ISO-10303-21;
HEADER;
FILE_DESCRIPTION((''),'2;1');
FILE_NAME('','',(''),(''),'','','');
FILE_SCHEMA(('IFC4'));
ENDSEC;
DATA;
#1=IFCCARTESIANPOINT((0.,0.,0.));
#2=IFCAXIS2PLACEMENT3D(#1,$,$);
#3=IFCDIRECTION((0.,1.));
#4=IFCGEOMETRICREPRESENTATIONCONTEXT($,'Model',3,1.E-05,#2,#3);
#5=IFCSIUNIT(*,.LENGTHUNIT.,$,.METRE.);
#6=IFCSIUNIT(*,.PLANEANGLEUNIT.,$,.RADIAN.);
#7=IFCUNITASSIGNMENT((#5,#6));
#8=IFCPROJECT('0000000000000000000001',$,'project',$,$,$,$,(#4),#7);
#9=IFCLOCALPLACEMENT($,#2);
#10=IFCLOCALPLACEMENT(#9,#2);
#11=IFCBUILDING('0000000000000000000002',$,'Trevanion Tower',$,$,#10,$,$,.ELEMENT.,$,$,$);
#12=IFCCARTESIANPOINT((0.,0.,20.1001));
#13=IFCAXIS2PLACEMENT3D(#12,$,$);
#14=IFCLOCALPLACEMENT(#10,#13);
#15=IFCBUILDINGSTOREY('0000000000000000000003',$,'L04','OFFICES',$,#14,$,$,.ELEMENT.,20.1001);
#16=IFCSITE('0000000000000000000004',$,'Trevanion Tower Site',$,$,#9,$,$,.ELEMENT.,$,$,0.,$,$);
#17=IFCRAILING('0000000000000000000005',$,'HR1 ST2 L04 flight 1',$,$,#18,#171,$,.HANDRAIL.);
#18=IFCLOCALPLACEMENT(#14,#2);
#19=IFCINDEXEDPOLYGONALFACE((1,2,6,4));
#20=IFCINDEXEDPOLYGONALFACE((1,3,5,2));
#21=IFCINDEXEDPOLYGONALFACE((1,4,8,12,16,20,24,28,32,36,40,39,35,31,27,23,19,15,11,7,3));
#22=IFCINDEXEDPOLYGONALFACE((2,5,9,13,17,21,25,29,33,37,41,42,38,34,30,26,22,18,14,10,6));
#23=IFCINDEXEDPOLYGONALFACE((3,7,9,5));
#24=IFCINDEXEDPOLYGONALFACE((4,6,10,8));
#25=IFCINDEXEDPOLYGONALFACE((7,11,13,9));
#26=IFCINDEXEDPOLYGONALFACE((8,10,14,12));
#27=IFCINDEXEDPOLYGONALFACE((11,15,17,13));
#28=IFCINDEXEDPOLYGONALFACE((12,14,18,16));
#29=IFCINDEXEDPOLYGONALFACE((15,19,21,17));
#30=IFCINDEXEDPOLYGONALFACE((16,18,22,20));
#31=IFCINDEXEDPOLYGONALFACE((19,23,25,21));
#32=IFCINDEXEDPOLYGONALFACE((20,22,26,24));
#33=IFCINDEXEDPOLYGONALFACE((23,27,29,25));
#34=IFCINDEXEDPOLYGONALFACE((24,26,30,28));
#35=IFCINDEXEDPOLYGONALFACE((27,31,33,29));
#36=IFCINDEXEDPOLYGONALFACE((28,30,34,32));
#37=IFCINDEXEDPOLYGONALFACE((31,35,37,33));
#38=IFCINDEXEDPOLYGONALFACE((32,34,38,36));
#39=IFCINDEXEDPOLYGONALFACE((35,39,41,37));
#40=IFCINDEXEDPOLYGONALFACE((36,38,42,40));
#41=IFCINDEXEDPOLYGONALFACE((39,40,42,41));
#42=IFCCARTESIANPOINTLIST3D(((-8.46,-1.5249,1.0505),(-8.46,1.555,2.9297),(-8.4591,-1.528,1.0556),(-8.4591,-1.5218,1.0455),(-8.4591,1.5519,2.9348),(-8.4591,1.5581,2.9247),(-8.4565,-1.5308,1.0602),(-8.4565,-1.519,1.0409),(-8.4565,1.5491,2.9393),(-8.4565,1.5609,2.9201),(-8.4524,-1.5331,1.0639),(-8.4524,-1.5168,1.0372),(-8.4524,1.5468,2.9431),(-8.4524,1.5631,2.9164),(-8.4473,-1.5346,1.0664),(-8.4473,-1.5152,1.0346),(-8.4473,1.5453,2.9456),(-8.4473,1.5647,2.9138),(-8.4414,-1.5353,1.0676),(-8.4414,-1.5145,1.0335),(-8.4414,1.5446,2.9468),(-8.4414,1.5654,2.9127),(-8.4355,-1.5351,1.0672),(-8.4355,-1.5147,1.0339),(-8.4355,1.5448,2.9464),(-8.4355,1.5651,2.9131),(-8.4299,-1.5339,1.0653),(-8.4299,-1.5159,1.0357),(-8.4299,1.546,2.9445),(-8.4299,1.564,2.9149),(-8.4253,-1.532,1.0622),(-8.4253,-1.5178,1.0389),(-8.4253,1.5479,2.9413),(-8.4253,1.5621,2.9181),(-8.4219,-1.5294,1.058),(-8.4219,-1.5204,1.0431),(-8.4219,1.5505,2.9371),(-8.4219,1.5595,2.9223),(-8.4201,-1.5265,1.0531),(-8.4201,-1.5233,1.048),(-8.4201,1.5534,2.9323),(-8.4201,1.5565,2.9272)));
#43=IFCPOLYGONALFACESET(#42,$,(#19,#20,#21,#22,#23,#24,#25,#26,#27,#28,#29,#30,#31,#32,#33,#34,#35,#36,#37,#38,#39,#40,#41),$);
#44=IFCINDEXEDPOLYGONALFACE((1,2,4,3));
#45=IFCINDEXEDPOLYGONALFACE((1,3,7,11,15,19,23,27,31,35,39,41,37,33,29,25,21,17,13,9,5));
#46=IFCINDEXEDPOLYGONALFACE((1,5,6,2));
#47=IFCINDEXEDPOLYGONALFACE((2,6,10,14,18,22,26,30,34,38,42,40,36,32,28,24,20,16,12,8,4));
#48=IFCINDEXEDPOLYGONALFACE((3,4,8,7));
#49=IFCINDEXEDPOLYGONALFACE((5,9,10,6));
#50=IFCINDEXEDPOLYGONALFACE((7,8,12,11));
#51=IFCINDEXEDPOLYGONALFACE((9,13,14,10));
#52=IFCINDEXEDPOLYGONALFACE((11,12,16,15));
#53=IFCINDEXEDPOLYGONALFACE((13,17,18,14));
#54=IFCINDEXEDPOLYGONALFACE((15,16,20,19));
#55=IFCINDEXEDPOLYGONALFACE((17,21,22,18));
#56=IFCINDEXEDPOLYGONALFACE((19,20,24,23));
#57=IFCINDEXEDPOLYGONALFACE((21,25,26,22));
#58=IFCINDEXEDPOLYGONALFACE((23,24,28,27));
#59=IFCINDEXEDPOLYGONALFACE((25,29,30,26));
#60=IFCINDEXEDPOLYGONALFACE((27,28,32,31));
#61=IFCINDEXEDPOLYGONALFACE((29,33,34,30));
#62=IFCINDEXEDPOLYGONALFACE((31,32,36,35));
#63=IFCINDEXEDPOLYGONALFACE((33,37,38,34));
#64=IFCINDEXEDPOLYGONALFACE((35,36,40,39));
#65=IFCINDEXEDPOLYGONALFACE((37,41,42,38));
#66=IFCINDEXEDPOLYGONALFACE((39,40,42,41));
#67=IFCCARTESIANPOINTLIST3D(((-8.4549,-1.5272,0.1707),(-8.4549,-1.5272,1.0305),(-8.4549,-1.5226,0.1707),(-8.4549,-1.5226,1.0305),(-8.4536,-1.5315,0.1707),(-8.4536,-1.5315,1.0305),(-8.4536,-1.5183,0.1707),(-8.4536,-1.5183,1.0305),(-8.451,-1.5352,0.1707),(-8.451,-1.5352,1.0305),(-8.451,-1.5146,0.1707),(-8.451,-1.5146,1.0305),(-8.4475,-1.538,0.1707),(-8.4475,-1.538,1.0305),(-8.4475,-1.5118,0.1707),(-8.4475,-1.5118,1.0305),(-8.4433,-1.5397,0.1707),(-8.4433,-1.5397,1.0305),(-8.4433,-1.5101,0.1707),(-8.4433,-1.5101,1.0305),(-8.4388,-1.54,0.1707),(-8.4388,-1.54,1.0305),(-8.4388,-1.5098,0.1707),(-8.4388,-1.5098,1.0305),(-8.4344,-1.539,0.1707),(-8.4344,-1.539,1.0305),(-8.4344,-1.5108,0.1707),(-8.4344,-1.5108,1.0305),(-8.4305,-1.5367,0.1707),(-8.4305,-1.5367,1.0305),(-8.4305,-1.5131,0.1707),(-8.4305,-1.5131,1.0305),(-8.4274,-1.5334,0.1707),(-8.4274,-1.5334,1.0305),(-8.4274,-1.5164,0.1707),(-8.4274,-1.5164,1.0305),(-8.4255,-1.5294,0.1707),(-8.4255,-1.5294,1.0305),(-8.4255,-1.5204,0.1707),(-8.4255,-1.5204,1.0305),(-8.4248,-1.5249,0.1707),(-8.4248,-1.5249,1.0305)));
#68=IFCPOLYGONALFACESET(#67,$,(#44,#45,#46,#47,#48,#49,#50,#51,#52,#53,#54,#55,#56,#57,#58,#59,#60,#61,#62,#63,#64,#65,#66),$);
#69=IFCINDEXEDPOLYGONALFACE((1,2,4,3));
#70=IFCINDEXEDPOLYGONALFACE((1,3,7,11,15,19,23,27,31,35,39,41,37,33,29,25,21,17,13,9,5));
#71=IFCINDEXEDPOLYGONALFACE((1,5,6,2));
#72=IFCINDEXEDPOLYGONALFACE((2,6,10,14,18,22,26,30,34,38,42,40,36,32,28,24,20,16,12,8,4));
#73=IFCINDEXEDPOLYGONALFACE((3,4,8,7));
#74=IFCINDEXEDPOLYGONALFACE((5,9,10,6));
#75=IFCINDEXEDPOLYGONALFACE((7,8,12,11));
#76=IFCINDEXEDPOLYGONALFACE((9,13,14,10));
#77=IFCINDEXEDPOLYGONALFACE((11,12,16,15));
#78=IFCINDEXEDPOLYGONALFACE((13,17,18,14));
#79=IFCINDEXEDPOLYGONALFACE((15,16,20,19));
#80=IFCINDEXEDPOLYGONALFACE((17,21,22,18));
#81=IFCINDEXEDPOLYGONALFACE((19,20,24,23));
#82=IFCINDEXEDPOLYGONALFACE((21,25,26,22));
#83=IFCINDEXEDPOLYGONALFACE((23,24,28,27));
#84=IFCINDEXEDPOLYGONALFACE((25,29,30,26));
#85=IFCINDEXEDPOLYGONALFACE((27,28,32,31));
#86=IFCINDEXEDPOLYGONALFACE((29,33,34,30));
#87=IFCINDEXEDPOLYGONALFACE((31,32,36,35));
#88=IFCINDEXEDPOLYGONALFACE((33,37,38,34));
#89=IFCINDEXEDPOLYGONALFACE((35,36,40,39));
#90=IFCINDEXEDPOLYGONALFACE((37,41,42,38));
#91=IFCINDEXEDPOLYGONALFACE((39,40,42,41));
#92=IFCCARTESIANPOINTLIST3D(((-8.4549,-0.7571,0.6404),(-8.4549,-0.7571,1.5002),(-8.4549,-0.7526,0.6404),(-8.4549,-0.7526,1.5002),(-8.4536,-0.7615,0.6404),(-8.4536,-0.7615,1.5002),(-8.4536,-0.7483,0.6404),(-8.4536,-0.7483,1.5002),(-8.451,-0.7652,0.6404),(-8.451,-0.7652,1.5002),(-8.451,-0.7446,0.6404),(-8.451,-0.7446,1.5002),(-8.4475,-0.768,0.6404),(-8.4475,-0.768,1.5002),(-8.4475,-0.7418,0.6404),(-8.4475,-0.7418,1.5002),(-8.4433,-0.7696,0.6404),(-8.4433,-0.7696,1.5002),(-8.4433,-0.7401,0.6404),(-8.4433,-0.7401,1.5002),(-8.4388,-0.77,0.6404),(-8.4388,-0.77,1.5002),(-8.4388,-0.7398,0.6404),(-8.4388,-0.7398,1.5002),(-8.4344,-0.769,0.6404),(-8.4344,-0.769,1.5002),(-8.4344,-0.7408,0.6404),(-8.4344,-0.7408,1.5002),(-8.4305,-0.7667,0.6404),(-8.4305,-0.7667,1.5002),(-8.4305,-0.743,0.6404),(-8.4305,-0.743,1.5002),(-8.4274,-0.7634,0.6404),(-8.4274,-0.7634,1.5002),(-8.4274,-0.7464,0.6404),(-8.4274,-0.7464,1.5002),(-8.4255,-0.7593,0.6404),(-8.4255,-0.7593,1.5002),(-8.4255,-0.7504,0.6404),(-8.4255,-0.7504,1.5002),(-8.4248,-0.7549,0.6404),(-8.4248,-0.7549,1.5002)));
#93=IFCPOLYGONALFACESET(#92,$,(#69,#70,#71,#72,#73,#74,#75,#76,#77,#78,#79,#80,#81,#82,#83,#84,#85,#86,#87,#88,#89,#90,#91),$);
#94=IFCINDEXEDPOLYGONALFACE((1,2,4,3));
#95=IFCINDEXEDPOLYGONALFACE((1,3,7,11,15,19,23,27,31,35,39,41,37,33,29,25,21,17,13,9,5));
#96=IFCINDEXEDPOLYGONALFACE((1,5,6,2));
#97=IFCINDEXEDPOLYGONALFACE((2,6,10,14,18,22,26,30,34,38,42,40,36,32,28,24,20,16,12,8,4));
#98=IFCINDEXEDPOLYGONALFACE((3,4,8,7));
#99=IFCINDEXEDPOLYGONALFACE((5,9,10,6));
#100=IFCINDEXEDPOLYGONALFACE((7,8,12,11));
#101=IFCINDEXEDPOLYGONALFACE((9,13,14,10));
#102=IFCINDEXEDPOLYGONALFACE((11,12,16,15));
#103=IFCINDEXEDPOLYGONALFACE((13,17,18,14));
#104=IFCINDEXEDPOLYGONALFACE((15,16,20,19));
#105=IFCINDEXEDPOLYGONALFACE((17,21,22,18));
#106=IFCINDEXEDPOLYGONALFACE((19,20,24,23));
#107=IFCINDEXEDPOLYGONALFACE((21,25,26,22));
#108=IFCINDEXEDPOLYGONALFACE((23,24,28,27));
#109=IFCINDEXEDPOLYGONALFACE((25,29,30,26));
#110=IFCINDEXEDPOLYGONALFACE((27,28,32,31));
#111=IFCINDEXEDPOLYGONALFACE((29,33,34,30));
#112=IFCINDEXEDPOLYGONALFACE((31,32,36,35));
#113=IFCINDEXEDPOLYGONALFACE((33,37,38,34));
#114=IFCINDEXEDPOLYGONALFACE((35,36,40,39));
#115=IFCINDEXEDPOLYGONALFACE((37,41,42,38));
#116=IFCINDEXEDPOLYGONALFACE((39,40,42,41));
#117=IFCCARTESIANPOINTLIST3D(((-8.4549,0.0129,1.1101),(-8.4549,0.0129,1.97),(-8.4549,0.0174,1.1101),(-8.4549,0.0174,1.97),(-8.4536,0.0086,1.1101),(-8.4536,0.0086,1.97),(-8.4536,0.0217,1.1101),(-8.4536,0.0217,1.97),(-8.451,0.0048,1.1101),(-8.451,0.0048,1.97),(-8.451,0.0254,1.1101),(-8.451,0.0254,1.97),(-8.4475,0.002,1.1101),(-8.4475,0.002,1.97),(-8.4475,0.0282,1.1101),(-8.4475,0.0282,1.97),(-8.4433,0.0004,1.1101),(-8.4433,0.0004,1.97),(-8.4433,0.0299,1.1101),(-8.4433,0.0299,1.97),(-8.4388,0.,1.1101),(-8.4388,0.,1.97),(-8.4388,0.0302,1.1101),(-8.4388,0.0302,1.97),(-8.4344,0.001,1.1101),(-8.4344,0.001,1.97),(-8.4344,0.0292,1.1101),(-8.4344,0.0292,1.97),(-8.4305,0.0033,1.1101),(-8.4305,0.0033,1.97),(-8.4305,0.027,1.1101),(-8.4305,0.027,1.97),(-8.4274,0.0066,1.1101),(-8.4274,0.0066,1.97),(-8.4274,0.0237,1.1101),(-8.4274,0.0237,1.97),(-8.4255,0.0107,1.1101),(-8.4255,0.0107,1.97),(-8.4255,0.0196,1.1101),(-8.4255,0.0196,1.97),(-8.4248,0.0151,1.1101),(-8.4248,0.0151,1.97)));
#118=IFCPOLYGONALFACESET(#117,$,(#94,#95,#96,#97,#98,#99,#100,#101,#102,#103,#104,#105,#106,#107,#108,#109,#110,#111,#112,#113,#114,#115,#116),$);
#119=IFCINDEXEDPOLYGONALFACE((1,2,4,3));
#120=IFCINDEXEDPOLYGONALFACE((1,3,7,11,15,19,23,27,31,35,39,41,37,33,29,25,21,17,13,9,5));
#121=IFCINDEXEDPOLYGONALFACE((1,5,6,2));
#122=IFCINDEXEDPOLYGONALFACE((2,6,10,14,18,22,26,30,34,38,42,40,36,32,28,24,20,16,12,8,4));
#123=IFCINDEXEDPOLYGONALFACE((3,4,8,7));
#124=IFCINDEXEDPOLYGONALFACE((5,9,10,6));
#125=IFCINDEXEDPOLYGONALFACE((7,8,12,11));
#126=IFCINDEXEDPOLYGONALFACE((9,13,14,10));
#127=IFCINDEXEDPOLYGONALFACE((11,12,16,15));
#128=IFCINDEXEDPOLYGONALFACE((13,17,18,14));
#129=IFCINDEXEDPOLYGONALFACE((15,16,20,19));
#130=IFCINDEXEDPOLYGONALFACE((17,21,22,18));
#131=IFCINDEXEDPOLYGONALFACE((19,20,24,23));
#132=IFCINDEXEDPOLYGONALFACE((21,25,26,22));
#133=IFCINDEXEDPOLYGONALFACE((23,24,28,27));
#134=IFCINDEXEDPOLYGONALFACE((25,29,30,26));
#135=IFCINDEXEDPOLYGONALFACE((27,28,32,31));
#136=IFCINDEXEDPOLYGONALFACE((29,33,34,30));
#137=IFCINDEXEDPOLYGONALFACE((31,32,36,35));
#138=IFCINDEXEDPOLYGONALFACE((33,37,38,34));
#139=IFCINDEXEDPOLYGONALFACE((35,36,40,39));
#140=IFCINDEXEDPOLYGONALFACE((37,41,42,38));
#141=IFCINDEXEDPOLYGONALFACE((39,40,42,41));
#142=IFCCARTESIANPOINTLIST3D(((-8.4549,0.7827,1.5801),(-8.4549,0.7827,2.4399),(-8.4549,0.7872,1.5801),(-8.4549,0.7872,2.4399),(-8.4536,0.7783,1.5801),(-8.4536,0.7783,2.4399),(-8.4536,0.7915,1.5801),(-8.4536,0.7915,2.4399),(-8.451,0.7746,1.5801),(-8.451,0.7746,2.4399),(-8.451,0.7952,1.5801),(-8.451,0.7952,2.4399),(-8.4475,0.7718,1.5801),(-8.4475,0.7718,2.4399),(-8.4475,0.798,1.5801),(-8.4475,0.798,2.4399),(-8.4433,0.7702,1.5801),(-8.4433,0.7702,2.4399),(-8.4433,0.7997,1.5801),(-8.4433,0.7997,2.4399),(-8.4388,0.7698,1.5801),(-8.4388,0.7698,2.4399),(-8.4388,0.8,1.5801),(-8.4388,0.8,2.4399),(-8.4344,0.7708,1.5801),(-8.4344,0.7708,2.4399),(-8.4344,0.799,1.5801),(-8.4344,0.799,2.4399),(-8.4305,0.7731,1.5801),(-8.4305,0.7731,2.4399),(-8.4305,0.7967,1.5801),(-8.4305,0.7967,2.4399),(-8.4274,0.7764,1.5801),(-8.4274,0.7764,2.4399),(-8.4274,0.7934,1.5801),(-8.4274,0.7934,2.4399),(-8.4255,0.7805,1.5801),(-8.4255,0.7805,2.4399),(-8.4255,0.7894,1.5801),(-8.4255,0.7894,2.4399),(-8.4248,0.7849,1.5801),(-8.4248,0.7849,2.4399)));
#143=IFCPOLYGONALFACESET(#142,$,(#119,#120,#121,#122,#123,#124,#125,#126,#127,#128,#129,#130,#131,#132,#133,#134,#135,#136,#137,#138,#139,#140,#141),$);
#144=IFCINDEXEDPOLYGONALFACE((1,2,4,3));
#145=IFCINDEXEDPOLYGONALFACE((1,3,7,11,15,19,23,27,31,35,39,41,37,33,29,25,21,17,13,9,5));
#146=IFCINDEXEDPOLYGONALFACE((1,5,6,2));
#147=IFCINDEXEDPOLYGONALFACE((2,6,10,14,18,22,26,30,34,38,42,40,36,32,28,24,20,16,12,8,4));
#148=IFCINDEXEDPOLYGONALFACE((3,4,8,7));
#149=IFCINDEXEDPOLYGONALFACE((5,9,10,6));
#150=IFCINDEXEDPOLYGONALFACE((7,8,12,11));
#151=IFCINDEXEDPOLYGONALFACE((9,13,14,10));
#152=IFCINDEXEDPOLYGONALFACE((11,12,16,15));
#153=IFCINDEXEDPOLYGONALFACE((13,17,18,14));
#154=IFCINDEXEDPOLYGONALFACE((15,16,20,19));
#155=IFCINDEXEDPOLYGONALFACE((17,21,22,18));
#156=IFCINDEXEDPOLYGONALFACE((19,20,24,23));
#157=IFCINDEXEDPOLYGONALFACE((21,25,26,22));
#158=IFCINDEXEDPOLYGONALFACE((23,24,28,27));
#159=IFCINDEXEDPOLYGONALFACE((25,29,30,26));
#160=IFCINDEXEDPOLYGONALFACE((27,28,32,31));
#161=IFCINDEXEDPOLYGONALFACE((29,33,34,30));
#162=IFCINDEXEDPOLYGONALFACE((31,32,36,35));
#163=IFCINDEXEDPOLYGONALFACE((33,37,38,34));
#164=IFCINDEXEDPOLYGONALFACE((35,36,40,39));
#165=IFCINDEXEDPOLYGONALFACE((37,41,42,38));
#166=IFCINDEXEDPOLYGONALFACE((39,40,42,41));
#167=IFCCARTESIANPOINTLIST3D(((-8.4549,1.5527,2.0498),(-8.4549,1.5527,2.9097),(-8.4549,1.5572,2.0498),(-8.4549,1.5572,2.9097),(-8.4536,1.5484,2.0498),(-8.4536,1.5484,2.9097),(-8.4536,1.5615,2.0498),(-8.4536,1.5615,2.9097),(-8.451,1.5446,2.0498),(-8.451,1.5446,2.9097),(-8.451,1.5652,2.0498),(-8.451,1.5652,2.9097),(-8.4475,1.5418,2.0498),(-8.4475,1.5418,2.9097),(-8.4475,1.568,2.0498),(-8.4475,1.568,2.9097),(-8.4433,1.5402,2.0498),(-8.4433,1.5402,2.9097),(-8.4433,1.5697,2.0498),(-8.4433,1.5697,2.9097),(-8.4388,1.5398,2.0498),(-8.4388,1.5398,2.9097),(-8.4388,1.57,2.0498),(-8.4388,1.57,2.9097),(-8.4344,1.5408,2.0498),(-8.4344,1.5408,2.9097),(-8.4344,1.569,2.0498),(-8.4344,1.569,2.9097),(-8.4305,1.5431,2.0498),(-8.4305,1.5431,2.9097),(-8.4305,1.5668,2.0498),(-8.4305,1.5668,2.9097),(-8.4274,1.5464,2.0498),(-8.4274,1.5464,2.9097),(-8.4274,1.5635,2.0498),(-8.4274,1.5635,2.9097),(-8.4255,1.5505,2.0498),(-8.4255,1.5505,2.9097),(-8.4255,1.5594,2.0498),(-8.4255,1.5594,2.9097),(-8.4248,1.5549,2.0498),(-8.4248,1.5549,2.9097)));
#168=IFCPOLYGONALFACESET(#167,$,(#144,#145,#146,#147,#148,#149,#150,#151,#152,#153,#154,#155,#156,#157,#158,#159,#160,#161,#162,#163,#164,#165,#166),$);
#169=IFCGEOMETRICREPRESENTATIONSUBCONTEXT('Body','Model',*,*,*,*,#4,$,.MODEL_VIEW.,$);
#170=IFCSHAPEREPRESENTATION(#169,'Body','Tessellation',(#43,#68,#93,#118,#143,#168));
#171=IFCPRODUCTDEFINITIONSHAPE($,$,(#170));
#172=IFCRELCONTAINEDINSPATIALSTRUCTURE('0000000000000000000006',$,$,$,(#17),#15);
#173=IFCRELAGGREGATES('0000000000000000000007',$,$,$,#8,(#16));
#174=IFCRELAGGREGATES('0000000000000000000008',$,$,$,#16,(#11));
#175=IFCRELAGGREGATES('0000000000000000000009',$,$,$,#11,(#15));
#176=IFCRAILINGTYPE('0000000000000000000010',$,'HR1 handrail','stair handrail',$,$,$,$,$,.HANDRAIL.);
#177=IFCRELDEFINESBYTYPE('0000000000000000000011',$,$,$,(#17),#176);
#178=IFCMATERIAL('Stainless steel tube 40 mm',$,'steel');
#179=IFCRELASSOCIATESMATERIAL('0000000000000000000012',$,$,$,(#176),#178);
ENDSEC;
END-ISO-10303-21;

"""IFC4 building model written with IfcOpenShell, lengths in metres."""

from ifc_helpers import new_model, si_unit, direction, frame, origin, origin_2d, place, context, subcontext, project, spatial, circle, extrude, material, type_object, element, save


model = new_model("IFC4")

# Units and contexts
model_context = context("Model", 3, precision=1e-05, world=origin(), true_north=direction((0.0, 1.0)))
body_context = subcontext(model_context, "Body", "Model", "MODEL_VIEW")
ifc_project = project(units=[si_unit("LENGTHUNIT", "METRE"), si_unit("PLANEANGLEUNIT", "RADIAN")], contexts=[model_context])

# Site, building, storey
site_placement = place(None, origin())
site = spatial("IfcSite", under=ifc_project, at=site_placement, Name="Trevanion Tower Site", CompositionType="ELEMENT", RefElevation=0.0)
building_placement = place(site_placement, origin())
building = spatial("IfcBuilding", under=site, at=building_placement, Name="Trevanion Tower", CompositionType="ELEMENT")
storey_placement = place(building_placement, frame((0.0, 0.0, 20.1001)))
storey = spatial("IfcBuildingStorey", under=building, at=storey_placement, Name="L04", Description="OFFICES", CompositionType="ELEMENT", Elevation=20.1001)

# Railing
ifc_material_1 = material(Name="Stainless steel tube 40 mm", Category="steel")
railing_type = type_object("IfcRailingType", Name="HR1 handrail", Description="stair handrail", PredefinedType="HANDRAIL", material=ifc_material_1)
for number, where, name in (
    (1, (-8.4399, -1.5249, 0.1707), "HR1 ST2 L04 flight 1"),
):
    element("IfcRailing", number, at=place(storey_placement, frame(where)), inside=storey, type_object=railing_type, Name=name, PredefinedType="HANDRAIL", context=body_context, shape_type="SweptSolid", body=[
        extrude(circle(Radius=0.02, at=origin_2d()), frame((0.0, 0.0, 0.8799), z_axis=(0.0, 0.853648, 0.52085), x_axis=(-1.0, 0.0, 0.0)), (0.0, 0.0, 1.0), 3.6079),
        extrude(circle(Radius=0.0151, at=origin_2d()), origin(), (0.0, 0.0, 1.0), 0.8599),
        extrude(circle(Radius=0.0151, at=origin_2d()), frame((0.0, 0.77, 0.4697)), (0.0, 0.0, 1.0), 0.8599),
        extrude(circle(Radius=0.0151, at=origin_2d()), frame((0.0, 1.54, 0.9395)), (0.0, 0.0, 1.0), 0.8599),
        extrude(circle(Radius=0.0151, at=origin_2d()), frame((0.0, 2.3098, 1.4094)), (0.0, 0.0, 1.0), 0.8599),
        extrude(circle(Radius=0.0151, at=origin_2d()), frame((0.0, 3.0798, 1.8792)), (0.0, 0.0, 1.0), 0.8599),
    ])

save(model, "model.ifc")
